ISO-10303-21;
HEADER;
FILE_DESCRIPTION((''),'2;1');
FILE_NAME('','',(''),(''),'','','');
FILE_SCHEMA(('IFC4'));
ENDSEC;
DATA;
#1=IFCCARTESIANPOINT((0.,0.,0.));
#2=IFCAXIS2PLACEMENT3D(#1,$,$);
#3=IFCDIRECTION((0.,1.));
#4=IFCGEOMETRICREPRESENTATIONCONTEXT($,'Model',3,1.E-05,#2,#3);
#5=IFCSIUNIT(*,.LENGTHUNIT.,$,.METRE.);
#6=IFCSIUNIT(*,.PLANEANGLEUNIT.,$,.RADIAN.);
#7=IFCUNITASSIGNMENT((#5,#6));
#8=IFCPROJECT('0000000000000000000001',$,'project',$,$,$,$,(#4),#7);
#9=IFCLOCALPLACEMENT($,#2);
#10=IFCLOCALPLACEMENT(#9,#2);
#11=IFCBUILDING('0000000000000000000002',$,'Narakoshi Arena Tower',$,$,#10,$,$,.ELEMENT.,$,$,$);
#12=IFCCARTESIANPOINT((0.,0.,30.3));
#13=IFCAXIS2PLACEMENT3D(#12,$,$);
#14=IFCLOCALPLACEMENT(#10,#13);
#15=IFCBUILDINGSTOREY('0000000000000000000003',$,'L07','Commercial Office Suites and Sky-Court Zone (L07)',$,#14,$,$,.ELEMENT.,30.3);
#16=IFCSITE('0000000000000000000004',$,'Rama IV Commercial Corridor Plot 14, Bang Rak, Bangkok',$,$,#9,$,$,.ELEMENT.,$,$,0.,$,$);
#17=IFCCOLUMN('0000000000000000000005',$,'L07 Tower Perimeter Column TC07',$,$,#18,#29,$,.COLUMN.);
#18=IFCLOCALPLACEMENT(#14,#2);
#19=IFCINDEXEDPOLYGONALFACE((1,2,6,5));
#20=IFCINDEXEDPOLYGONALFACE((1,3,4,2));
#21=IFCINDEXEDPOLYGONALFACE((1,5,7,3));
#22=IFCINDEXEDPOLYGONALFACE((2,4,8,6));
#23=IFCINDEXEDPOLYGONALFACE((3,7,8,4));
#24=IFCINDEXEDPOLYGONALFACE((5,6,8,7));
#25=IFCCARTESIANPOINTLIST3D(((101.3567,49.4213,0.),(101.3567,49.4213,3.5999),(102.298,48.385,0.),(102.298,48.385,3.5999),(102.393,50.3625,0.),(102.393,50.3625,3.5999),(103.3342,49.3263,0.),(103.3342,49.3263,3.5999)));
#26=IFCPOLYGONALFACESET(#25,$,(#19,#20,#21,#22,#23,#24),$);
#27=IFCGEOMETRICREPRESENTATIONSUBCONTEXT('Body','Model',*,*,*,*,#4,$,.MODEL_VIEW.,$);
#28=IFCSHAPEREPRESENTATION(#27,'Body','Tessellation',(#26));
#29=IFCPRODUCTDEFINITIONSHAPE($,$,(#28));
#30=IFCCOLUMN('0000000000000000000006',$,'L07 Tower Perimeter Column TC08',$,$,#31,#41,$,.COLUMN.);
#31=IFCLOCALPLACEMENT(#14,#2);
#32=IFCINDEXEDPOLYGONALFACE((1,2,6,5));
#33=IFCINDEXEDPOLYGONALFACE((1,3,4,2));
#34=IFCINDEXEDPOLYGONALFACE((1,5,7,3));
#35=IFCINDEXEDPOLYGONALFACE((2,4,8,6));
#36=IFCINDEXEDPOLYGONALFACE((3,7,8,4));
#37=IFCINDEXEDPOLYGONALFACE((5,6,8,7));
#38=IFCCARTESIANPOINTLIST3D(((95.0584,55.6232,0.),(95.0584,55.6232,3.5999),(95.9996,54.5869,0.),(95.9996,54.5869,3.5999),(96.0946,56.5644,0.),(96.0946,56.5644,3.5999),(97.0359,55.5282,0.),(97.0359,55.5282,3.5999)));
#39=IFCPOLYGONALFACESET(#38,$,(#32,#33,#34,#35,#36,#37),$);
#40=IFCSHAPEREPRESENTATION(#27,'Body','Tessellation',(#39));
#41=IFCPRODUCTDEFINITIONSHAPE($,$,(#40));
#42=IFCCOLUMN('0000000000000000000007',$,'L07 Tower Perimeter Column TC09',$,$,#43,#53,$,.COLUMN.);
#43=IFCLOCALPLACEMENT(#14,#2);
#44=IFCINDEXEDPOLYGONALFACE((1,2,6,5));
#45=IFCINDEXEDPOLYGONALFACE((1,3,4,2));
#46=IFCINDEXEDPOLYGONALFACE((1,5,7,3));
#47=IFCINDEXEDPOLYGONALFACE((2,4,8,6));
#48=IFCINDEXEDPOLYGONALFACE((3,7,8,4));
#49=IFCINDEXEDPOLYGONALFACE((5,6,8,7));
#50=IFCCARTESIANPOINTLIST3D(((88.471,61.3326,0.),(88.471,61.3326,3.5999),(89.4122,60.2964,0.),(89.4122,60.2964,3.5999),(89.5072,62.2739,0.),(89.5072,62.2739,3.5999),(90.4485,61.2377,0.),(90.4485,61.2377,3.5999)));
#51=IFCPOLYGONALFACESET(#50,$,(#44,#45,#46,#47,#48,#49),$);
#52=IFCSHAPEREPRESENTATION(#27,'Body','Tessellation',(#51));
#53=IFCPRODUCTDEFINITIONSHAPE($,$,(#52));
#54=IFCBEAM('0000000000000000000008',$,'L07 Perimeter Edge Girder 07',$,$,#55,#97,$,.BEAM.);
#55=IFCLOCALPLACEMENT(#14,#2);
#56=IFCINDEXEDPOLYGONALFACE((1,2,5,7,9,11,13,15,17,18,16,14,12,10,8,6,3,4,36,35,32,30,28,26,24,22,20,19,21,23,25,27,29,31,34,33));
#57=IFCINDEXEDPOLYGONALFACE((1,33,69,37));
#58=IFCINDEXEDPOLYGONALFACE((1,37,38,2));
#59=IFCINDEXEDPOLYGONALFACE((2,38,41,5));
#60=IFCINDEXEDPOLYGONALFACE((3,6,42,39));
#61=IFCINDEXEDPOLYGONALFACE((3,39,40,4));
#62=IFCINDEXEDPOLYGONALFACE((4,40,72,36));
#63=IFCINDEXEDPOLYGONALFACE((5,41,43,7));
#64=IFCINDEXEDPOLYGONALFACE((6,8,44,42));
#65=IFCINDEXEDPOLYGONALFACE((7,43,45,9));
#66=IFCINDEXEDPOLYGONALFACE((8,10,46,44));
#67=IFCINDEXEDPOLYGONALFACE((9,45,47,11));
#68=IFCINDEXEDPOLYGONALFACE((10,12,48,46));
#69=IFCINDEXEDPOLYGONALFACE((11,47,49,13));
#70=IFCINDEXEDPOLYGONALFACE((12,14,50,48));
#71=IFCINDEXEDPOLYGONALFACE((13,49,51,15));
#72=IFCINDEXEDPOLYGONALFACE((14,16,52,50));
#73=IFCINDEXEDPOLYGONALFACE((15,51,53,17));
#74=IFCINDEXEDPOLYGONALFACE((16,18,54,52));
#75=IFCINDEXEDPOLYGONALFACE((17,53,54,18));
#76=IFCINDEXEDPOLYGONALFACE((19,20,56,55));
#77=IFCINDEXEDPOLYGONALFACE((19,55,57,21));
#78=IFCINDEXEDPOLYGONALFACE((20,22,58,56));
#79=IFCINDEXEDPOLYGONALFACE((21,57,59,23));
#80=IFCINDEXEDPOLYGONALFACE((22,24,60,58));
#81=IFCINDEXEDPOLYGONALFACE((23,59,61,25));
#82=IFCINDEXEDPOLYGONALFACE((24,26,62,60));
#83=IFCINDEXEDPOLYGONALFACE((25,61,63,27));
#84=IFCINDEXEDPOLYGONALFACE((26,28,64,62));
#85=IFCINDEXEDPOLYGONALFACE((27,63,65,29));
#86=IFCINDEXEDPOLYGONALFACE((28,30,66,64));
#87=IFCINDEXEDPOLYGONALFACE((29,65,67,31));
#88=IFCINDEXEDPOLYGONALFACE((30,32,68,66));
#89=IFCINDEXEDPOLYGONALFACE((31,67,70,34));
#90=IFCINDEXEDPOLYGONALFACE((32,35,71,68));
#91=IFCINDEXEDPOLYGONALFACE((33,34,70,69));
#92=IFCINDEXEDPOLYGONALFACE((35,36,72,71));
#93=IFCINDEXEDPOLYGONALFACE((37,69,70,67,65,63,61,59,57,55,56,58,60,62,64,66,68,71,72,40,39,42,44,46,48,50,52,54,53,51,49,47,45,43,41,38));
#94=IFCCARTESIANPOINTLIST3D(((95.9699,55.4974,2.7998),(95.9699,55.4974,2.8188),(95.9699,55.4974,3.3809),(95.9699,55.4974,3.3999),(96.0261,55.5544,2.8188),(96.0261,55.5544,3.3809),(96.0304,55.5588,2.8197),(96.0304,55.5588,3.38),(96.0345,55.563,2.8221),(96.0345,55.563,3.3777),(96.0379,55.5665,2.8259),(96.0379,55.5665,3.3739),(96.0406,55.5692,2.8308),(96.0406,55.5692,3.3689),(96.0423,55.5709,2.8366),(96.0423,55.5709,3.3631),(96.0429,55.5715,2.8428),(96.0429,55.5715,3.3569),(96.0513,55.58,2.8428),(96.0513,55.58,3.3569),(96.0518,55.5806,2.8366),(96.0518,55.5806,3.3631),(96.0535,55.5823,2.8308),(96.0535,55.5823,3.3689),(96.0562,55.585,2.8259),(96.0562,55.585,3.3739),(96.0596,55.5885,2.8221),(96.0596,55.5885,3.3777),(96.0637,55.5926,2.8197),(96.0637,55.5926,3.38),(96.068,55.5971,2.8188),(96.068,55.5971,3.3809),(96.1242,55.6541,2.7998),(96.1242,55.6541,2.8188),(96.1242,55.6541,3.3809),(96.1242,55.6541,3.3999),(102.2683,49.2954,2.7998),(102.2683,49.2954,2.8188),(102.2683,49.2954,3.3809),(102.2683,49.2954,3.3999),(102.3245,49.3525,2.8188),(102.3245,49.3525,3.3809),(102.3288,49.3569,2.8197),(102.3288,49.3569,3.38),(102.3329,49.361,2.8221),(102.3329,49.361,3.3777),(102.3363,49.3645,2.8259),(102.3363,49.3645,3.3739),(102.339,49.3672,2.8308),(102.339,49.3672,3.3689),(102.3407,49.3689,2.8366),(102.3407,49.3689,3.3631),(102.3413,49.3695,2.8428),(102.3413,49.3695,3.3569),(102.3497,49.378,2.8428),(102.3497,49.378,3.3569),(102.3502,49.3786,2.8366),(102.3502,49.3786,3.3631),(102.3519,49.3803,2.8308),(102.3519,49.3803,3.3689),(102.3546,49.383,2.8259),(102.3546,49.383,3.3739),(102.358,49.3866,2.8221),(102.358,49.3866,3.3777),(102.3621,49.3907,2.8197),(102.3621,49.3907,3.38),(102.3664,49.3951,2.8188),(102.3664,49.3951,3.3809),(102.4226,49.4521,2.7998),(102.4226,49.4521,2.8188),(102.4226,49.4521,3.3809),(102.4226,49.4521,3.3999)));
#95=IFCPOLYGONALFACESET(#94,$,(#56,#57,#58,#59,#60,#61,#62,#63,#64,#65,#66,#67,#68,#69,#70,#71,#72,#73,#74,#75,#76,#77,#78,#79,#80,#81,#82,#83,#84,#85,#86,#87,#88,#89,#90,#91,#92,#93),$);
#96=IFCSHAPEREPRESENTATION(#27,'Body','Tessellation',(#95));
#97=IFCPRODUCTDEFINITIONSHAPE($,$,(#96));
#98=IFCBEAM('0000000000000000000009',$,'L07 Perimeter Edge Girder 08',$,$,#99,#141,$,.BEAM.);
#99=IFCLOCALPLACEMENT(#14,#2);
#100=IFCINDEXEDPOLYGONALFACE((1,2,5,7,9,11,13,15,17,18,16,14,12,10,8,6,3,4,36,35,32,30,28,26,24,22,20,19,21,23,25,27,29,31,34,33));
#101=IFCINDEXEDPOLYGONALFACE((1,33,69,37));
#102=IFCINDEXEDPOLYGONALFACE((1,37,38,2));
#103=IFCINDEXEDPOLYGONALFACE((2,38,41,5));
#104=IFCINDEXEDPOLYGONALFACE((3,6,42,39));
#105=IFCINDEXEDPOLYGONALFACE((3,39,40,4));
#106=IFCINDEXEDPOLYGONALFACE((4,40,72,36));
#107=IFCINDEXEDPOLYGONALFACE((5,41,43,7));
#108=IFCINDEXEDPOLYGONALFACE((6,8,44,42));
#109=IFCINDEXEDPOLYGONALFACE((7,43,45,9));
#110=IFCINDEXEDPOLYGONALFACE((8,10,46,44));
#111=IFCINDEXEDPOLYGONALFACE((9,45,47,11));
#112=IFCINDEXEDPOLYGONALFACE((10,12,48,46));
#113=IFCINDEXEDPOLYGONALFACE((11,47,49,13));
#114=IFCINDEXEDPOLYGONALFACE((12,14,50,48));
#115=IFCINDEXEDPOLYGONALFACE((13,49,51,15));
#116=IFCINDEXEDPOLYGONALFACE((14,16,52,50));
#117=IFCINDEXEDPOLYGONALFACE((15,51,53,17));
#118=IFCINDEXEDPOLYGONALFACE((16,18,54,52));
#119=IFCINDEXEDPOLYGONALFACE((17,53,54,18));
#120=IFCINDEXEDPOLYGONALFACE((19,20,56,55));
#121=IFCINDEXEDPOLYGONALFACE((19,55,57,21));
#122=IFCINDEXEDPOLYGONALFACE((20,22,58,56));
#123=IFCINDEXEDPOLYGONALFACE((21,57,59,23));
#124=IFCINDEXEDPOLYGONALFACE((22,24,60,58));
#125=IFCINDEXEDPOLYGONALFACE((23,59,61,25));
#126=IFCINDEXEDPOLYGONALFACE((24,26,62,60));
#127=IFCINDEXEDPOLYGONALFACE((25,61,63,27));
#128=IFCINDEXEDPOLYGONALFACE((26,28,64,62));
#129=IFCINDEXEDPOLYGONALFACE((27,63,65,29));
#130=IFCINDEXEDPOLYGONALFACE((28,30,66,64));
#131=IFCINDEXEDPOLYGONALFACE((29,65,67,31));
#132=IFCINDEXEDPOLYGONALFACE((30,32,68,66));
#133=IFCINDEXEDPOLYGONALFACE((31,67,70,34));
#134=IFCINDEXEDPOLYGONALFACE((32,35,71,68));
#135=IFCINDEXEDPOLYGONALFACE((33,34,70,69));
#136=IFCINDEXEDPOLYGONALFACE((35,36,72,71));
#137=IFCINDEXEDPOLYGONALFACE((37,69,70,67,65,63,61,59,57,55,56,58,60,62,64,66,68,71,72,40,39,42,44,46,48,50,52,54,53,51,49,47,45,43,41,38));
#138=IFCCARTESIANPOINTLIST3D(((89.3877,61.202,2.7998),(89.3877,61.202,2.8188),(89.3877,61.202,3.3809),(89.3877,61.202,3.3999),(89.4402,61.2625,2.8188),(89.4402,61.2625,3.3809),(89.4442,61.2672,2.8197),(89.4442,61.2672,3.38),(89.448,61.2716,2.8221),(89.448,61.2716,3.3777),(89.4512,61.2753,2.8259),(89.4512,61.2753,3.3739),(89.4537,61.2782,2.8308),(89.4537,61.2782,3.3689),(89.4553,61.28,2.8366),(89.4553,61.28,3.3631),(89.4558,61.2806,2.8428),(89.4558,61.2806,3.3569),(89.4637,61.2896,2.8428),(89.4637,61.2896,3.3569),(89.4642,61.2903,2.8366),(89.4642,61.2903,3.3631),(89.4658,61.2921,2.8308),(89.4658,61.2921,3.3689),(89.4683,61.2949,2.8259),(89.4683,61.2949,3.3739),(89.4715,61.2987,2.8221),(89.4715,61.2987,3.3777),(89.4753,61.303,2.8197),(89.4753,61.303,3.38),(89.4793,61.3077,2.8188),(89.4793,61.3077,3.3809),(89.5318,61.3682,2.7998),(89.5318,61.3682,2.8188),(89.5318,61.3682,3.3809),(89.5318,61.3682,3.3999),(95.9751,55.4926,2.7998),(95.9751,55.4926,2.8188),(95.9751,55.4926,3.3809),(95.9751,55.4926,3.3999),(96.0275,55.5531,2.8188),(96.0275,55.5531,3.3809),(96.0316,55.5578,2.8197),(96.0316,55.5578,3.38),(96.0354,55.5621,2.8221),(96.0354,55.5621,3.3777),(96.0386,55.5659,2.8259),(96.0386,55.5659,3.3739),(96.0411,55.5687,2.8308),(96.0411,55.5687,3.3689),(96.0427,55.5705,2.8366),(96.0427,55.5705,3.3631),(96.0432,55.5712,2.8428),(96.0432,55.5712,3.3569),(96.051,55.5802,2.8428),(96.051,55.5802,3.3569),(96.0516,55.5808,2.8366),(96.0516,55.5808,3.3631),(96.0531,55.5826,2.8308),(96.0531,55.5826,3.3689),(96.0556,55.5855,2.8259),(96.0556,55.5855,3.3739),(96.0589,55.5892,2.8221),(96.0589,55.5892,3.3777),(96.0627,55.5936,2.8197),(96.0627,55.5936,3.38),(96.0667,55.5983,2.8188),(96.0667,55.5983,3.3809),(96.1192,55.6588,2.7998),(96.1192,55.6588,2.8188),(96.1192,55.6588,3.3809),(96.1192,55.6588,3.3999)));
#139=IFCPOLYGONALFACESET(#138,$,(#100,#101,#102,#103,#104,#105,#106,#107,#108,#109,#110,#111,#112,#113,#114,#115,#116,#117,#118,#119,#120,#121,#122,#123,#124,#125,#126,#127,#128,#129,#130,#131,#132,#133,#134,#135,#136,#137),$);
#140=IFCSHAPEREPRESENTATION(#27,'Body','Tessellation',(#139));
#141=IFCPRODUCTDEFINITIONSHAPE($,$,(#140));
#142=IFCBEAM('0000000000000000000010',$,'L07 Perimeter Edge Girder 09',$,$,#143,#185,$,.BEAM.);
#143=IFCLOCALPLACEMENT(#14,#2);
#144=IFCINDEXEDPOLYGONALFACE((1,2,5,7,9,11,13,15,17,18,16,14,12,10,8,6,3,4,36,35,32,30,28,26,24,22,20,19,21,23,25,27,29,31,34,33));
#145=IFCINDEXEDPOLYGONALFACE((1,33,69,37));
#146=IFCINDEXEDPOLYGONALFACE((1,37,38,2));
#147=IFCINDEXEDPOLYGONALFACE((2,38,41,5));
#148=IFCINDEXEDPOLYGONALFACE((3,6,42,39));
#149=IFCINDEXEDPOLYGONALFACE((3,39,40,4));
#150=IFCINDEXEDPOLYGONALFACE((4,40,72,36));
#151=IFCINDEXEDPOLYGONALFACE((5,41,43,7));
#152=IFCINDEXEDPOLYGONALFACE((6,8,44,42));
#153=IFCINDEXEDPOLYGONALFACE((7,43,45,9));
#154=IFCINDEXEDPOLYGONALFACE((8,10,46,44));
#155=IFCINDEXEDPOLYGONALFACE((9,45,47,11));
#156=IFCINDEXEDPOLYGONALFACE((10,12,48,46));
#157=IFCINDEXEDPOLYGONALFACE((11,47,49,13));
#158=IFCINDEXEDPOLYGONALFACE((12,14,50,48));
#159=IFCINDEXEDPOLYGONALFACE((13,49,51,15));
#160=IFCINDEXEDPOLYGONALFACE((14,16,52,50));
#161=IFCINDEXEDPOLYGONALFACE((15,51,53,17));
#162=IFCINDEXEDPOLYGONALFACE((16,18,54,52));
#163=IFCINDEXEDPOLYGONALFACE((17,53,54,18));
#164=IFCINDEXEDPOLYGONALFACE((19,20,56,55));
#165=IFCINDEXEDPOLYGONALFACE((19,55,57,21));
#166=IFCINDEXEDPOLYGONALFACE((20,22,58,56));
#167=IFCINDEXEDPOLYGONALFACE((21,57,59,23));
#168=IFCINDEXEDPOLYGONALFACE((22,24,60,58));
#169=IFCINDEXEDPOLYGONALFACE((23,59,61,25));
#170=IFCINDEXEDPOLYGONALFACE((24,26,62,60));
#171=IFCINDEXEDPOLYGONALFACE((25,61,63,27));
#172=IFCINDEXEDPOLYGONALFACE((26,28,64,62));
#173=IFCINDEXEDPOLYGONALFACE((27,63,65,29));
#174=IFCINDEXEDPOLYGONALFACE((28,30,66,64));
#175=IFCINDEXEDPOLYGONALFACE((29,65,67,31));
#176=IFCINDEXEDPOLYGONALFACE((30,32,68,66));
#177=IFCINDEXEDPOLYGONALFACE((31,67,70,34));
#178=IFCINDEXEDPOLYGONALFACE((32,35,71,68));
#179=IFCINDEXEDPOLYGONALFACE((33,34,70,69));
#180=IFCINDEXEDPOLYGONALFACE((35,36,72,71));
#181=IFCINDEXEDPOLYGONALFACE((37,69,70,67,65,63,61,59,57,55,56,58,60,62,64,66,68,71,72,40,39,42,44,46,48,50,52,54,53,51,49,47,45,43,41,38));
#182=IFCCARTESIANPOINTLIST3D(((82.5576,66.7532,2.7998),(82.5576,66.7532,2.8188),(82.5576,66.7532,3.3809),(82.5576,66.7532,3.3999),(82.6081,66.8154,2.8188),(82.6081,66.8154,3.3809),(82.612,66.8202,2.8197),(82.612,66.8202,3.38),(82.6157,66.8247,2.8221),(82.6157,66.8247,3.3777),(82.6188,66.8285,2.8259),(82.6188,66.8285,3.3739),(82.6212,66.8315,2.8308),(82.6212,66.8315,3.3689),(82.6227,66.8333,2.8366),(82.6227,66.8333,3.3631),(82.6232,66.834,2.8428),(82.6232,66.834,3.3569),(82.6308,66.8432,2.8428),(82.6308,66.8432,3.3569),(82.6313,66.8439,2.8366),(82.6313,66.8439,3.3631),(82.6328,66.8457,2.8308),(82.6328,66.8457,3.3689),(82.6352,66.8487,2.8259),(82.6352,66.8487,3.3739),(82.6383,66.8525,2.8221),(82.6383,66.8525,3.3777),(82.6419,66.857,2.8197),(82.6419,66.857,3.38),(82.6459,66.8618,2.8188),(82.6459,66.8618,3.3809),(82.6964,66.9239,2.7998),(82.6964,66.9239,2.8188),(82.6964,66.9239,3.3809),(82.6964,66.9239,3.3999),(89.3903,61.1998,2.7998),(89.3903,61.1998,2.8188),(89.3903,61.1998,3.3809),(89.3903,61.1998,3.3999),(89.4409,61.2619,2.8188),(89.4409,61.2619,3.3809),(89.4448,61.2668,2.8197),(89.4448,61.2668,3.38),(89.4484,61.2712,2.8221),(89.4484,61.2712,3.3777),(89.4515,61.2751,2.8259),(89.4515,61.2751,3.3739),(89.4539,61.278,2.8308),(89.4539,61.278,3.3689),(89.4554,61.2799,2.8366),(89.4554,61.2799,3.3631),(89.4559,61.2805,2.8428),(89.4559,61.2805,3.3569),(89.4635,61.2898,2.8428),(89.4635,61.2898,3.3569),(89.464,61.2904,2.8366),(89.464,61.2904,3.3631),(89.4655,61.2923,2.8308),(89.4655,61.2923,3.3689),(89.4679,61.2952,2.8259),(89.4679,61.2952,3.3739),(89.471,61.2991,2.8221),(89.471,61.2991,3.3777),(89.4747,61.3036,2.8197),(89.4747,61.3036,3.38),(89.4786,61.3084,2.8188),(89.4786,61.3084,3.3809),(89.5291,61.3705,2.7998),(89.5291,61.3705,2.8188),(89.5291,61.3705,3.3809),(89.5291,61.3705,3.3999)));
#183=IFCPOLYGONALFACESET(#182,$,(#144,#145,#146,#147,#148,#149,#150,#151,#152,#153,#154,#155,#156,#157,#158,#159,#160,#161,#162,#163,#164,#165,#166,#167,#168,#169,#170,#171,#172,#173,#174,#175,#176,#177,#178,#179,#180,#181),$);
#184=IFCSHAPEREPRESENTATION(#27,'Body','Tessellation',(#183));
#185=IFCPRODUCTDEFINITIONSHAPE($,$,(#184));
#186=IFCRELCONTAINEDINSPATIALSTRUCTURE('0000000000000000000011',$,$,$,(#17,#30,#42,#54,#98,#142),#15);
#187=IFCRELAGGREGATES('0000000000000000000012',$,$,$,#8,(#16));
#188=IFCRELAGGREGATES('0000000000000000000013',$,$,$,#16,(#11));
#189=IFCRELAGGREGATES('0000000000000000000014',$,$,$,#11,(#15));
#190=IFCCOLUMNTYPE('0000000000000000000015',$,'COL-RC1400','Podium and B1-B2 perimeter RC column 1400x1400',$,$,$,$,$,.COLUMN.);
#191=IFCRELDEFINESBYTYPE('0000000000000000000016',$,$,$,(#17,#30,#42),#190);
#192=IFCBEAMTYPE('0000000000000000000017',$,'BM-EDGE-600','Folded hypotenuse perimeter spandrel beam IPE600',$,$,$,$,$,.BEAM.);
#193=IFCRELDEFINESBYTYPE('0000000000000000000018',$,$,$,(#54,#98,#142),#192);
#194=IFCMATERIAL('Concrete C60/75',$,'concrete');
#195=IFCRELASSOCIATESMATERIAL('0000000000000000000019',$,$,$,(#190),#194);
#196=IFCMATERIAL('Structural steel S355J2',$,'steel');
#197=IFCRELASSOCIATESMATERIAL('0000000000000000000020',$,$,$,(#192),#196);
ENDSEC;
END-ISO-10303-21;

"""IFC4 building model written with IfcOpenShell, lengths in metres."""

from ifc_helpers import new_model, si_unit, direction, frame, origin, origin_2d, place, context, subcontext, project, spatial, rectangle, i_section, extrude, material, material_profile, profile_set, type_object, element, save


model = new_model("IFC4")

# Units and contexts
model_context = context("Model", 3, precision=1e-05, world=origin(), true_north=direction((0.0, 1.0)))
body_context = subcontext(model_context, "Body", "Model", "MODEL_VIEW")
ifc_project = project(units=[si_unit("LENGTHUNIT", "METRE"), si_unit("PLANEANGLEUNIT", "RADIAN")], contexts=[model_context])

# Site, building, storey
site_placement = place(None, origin())
site = spatial("IfcSite", under=ifc_project, at=site_placement, Name="Rama IV Commercial Corridor Plot 14, Bang Rak, Bangkok", CompositionType="ELEMENT", RefElevation=0.0)
building_placement = place(site_placement, origin())
building = spatial("IfcBuilding", under=site, at=building_placement, Name="Narakoshi Arena Tower", CompositionType="ELEMENT")
storey_placement = place(building_placement, frame((0.0, 0.0, 30.3)))
storey = spatial("IfcBuildingStorey", under=building, at=storey_placement, Name="L07", Description="Commercial Office Suites and Sky-Court Zone (L07)", CompositionType="ELEMENT", Elevation=30.3)

# Columns
ifc_material_1 = material(Name="Concrete C60/75", Category="concrete")
ifc_material_profile_1 = material_profile(ifc_material_1, rectangle(XDim=1.3999, YDim=1.3999, at=origin_2d()), Name="RC1400x1400")
ifc_profile_set_1 = profile_set([ifc_material_profile_1], Name="Concrete C60/75")
column_type = type_object("IfcColumnType", Name="COL-RC1400", Description="Podium and B1-B2 perimeter RC column 1400x1400", PredefinedType="COLUMN", material=ifc_profile_set_1)
for number, where, z_axis, x_axis, name in (
    (1, (102.3455, 49.3738, 0.0), (0.0, 0.0, 1.0), (0.740218, 0.672367, 0.0), "L07 Tower Perimeter Column TC07"),
    (2, (96.0471, 55.5757, 0.0), (0.0, 0.0, 1.0), (0.740218, 0.672367, 0.0), "L07 Tower Perimeter Column TC08"),
    (3, (89.4597, 61.2852, 0.0), (0.0, 0.0, 1.0), (0.740218, 0.672367, 0.0), "L07 Tower Perimeter Column TC09"),
):
    element("IfcColumn", number, at=place(storey_placement, frame(where, z_axis=z_axis, x_axis=x_axis)), inside=storey, type_object=column_type, Name=name, PredefinedType="COLUMN", context=body_context, shape_type="SweptSolid", body=[
        extrude(rectangle(XDim=1.3999, YDim=1.3999, at=origin_2d()), origin(), (0.0, 0.0, 1.0), 3.5999),
    ])

# Beams
ifc_material_2 = material(Name="Structural steel S355J2", Category="steel")
ifc_material_profile_2 = material_profile(ifc_material_2, i_section(OverallWidth=0.22, OverallDepth=0.6001, WebThickness=0.012, FlangeThickness=0.019, FilletRadius=0.0239, at=origin_2d()), Name="IPE600")
ifc_profile_set_2 = profile_set([ifc_material_profile_2], Name="Structural steel S355J2")
beam_type = type_object("IfcBeamType", Name="BM-EDGE-600", Description="Folded hypotenuse perimeter spandrel beam IPE600", PredefinedType="BEAM", material=ifc_profile_set_2)
beam_1_placement = place(storey_placement, frame((102.3455, 49.3738, 3.0999), z_axis=(-0.712541, 0.701631, 0.0), x_axis=(-0.701631, -0.712541, 0.0)))
element("IfcBeam", 4, at=beam_1_placement, inside=storey, type_object=beam_type, Name="L07 Perimeter Edge Girder 07", PredefinedType="BEAM", context=body_context, shape_type="SweptSolid", body=[
    extrude(i_section(OverallWidth=0.22, OverallDepth=0.6001, WebThickness=0.012, FlangeThickness=0.019, FilletRadius=0.0239, at=origin_2d()), origin(), (0.0, 0.0, 1.0), 8.8394),
])
beam_2_placement = place(storey_placement, frame((96.0471, 55.5757, 3.0999), z_axis=(-0.755667, 0.654956, 0.0), x_axis=(-0.654956, -0.755667, 0.0)))
element("IfcBeam", 5, at=beam_2_placement, inside=storey, type_object=beam_type, Name="L07 Perimeter Edge Girder 08", PredefinedType="BEAM", context=body_context, shape_type="SweptSolid", body=[
    extrude(i_section(OverallWidth=0.22, OverallDepth=0.6001, WebThickness=0.012, FlangeThickness=0.019, FilletRadius=0.0239, at=origin_2d()), origin(), (0.0, 0.0, 1.0), 8.7173),
])
beam_3_placement = place(storey_placement, frame((89.4597, 61.2852, 3.0999), z_axis=(-0.776011, 0.630719, 0.0), x_axis=(-0.630719, -0.776011, 0.0)))
element("IfcBeam", 6, at=beam_3_placement, inside=storey, type_object=beam_type, Name="L07 Perimeter Edge Girder 09", PredefinedType="BEAM", context=body_context, shape_type="SweptSolid", body=[
    extrude(i_section(OverallWidth=0.22, OverallDepth=0.6001, WebThickness=0.012, FlangeThickness=0.019, FilletRadius=0.0239, at=origin_2d()), origin(), (0.0, 0.0, 1.0), 8.8049),
])

save(model, "model.ifc")
